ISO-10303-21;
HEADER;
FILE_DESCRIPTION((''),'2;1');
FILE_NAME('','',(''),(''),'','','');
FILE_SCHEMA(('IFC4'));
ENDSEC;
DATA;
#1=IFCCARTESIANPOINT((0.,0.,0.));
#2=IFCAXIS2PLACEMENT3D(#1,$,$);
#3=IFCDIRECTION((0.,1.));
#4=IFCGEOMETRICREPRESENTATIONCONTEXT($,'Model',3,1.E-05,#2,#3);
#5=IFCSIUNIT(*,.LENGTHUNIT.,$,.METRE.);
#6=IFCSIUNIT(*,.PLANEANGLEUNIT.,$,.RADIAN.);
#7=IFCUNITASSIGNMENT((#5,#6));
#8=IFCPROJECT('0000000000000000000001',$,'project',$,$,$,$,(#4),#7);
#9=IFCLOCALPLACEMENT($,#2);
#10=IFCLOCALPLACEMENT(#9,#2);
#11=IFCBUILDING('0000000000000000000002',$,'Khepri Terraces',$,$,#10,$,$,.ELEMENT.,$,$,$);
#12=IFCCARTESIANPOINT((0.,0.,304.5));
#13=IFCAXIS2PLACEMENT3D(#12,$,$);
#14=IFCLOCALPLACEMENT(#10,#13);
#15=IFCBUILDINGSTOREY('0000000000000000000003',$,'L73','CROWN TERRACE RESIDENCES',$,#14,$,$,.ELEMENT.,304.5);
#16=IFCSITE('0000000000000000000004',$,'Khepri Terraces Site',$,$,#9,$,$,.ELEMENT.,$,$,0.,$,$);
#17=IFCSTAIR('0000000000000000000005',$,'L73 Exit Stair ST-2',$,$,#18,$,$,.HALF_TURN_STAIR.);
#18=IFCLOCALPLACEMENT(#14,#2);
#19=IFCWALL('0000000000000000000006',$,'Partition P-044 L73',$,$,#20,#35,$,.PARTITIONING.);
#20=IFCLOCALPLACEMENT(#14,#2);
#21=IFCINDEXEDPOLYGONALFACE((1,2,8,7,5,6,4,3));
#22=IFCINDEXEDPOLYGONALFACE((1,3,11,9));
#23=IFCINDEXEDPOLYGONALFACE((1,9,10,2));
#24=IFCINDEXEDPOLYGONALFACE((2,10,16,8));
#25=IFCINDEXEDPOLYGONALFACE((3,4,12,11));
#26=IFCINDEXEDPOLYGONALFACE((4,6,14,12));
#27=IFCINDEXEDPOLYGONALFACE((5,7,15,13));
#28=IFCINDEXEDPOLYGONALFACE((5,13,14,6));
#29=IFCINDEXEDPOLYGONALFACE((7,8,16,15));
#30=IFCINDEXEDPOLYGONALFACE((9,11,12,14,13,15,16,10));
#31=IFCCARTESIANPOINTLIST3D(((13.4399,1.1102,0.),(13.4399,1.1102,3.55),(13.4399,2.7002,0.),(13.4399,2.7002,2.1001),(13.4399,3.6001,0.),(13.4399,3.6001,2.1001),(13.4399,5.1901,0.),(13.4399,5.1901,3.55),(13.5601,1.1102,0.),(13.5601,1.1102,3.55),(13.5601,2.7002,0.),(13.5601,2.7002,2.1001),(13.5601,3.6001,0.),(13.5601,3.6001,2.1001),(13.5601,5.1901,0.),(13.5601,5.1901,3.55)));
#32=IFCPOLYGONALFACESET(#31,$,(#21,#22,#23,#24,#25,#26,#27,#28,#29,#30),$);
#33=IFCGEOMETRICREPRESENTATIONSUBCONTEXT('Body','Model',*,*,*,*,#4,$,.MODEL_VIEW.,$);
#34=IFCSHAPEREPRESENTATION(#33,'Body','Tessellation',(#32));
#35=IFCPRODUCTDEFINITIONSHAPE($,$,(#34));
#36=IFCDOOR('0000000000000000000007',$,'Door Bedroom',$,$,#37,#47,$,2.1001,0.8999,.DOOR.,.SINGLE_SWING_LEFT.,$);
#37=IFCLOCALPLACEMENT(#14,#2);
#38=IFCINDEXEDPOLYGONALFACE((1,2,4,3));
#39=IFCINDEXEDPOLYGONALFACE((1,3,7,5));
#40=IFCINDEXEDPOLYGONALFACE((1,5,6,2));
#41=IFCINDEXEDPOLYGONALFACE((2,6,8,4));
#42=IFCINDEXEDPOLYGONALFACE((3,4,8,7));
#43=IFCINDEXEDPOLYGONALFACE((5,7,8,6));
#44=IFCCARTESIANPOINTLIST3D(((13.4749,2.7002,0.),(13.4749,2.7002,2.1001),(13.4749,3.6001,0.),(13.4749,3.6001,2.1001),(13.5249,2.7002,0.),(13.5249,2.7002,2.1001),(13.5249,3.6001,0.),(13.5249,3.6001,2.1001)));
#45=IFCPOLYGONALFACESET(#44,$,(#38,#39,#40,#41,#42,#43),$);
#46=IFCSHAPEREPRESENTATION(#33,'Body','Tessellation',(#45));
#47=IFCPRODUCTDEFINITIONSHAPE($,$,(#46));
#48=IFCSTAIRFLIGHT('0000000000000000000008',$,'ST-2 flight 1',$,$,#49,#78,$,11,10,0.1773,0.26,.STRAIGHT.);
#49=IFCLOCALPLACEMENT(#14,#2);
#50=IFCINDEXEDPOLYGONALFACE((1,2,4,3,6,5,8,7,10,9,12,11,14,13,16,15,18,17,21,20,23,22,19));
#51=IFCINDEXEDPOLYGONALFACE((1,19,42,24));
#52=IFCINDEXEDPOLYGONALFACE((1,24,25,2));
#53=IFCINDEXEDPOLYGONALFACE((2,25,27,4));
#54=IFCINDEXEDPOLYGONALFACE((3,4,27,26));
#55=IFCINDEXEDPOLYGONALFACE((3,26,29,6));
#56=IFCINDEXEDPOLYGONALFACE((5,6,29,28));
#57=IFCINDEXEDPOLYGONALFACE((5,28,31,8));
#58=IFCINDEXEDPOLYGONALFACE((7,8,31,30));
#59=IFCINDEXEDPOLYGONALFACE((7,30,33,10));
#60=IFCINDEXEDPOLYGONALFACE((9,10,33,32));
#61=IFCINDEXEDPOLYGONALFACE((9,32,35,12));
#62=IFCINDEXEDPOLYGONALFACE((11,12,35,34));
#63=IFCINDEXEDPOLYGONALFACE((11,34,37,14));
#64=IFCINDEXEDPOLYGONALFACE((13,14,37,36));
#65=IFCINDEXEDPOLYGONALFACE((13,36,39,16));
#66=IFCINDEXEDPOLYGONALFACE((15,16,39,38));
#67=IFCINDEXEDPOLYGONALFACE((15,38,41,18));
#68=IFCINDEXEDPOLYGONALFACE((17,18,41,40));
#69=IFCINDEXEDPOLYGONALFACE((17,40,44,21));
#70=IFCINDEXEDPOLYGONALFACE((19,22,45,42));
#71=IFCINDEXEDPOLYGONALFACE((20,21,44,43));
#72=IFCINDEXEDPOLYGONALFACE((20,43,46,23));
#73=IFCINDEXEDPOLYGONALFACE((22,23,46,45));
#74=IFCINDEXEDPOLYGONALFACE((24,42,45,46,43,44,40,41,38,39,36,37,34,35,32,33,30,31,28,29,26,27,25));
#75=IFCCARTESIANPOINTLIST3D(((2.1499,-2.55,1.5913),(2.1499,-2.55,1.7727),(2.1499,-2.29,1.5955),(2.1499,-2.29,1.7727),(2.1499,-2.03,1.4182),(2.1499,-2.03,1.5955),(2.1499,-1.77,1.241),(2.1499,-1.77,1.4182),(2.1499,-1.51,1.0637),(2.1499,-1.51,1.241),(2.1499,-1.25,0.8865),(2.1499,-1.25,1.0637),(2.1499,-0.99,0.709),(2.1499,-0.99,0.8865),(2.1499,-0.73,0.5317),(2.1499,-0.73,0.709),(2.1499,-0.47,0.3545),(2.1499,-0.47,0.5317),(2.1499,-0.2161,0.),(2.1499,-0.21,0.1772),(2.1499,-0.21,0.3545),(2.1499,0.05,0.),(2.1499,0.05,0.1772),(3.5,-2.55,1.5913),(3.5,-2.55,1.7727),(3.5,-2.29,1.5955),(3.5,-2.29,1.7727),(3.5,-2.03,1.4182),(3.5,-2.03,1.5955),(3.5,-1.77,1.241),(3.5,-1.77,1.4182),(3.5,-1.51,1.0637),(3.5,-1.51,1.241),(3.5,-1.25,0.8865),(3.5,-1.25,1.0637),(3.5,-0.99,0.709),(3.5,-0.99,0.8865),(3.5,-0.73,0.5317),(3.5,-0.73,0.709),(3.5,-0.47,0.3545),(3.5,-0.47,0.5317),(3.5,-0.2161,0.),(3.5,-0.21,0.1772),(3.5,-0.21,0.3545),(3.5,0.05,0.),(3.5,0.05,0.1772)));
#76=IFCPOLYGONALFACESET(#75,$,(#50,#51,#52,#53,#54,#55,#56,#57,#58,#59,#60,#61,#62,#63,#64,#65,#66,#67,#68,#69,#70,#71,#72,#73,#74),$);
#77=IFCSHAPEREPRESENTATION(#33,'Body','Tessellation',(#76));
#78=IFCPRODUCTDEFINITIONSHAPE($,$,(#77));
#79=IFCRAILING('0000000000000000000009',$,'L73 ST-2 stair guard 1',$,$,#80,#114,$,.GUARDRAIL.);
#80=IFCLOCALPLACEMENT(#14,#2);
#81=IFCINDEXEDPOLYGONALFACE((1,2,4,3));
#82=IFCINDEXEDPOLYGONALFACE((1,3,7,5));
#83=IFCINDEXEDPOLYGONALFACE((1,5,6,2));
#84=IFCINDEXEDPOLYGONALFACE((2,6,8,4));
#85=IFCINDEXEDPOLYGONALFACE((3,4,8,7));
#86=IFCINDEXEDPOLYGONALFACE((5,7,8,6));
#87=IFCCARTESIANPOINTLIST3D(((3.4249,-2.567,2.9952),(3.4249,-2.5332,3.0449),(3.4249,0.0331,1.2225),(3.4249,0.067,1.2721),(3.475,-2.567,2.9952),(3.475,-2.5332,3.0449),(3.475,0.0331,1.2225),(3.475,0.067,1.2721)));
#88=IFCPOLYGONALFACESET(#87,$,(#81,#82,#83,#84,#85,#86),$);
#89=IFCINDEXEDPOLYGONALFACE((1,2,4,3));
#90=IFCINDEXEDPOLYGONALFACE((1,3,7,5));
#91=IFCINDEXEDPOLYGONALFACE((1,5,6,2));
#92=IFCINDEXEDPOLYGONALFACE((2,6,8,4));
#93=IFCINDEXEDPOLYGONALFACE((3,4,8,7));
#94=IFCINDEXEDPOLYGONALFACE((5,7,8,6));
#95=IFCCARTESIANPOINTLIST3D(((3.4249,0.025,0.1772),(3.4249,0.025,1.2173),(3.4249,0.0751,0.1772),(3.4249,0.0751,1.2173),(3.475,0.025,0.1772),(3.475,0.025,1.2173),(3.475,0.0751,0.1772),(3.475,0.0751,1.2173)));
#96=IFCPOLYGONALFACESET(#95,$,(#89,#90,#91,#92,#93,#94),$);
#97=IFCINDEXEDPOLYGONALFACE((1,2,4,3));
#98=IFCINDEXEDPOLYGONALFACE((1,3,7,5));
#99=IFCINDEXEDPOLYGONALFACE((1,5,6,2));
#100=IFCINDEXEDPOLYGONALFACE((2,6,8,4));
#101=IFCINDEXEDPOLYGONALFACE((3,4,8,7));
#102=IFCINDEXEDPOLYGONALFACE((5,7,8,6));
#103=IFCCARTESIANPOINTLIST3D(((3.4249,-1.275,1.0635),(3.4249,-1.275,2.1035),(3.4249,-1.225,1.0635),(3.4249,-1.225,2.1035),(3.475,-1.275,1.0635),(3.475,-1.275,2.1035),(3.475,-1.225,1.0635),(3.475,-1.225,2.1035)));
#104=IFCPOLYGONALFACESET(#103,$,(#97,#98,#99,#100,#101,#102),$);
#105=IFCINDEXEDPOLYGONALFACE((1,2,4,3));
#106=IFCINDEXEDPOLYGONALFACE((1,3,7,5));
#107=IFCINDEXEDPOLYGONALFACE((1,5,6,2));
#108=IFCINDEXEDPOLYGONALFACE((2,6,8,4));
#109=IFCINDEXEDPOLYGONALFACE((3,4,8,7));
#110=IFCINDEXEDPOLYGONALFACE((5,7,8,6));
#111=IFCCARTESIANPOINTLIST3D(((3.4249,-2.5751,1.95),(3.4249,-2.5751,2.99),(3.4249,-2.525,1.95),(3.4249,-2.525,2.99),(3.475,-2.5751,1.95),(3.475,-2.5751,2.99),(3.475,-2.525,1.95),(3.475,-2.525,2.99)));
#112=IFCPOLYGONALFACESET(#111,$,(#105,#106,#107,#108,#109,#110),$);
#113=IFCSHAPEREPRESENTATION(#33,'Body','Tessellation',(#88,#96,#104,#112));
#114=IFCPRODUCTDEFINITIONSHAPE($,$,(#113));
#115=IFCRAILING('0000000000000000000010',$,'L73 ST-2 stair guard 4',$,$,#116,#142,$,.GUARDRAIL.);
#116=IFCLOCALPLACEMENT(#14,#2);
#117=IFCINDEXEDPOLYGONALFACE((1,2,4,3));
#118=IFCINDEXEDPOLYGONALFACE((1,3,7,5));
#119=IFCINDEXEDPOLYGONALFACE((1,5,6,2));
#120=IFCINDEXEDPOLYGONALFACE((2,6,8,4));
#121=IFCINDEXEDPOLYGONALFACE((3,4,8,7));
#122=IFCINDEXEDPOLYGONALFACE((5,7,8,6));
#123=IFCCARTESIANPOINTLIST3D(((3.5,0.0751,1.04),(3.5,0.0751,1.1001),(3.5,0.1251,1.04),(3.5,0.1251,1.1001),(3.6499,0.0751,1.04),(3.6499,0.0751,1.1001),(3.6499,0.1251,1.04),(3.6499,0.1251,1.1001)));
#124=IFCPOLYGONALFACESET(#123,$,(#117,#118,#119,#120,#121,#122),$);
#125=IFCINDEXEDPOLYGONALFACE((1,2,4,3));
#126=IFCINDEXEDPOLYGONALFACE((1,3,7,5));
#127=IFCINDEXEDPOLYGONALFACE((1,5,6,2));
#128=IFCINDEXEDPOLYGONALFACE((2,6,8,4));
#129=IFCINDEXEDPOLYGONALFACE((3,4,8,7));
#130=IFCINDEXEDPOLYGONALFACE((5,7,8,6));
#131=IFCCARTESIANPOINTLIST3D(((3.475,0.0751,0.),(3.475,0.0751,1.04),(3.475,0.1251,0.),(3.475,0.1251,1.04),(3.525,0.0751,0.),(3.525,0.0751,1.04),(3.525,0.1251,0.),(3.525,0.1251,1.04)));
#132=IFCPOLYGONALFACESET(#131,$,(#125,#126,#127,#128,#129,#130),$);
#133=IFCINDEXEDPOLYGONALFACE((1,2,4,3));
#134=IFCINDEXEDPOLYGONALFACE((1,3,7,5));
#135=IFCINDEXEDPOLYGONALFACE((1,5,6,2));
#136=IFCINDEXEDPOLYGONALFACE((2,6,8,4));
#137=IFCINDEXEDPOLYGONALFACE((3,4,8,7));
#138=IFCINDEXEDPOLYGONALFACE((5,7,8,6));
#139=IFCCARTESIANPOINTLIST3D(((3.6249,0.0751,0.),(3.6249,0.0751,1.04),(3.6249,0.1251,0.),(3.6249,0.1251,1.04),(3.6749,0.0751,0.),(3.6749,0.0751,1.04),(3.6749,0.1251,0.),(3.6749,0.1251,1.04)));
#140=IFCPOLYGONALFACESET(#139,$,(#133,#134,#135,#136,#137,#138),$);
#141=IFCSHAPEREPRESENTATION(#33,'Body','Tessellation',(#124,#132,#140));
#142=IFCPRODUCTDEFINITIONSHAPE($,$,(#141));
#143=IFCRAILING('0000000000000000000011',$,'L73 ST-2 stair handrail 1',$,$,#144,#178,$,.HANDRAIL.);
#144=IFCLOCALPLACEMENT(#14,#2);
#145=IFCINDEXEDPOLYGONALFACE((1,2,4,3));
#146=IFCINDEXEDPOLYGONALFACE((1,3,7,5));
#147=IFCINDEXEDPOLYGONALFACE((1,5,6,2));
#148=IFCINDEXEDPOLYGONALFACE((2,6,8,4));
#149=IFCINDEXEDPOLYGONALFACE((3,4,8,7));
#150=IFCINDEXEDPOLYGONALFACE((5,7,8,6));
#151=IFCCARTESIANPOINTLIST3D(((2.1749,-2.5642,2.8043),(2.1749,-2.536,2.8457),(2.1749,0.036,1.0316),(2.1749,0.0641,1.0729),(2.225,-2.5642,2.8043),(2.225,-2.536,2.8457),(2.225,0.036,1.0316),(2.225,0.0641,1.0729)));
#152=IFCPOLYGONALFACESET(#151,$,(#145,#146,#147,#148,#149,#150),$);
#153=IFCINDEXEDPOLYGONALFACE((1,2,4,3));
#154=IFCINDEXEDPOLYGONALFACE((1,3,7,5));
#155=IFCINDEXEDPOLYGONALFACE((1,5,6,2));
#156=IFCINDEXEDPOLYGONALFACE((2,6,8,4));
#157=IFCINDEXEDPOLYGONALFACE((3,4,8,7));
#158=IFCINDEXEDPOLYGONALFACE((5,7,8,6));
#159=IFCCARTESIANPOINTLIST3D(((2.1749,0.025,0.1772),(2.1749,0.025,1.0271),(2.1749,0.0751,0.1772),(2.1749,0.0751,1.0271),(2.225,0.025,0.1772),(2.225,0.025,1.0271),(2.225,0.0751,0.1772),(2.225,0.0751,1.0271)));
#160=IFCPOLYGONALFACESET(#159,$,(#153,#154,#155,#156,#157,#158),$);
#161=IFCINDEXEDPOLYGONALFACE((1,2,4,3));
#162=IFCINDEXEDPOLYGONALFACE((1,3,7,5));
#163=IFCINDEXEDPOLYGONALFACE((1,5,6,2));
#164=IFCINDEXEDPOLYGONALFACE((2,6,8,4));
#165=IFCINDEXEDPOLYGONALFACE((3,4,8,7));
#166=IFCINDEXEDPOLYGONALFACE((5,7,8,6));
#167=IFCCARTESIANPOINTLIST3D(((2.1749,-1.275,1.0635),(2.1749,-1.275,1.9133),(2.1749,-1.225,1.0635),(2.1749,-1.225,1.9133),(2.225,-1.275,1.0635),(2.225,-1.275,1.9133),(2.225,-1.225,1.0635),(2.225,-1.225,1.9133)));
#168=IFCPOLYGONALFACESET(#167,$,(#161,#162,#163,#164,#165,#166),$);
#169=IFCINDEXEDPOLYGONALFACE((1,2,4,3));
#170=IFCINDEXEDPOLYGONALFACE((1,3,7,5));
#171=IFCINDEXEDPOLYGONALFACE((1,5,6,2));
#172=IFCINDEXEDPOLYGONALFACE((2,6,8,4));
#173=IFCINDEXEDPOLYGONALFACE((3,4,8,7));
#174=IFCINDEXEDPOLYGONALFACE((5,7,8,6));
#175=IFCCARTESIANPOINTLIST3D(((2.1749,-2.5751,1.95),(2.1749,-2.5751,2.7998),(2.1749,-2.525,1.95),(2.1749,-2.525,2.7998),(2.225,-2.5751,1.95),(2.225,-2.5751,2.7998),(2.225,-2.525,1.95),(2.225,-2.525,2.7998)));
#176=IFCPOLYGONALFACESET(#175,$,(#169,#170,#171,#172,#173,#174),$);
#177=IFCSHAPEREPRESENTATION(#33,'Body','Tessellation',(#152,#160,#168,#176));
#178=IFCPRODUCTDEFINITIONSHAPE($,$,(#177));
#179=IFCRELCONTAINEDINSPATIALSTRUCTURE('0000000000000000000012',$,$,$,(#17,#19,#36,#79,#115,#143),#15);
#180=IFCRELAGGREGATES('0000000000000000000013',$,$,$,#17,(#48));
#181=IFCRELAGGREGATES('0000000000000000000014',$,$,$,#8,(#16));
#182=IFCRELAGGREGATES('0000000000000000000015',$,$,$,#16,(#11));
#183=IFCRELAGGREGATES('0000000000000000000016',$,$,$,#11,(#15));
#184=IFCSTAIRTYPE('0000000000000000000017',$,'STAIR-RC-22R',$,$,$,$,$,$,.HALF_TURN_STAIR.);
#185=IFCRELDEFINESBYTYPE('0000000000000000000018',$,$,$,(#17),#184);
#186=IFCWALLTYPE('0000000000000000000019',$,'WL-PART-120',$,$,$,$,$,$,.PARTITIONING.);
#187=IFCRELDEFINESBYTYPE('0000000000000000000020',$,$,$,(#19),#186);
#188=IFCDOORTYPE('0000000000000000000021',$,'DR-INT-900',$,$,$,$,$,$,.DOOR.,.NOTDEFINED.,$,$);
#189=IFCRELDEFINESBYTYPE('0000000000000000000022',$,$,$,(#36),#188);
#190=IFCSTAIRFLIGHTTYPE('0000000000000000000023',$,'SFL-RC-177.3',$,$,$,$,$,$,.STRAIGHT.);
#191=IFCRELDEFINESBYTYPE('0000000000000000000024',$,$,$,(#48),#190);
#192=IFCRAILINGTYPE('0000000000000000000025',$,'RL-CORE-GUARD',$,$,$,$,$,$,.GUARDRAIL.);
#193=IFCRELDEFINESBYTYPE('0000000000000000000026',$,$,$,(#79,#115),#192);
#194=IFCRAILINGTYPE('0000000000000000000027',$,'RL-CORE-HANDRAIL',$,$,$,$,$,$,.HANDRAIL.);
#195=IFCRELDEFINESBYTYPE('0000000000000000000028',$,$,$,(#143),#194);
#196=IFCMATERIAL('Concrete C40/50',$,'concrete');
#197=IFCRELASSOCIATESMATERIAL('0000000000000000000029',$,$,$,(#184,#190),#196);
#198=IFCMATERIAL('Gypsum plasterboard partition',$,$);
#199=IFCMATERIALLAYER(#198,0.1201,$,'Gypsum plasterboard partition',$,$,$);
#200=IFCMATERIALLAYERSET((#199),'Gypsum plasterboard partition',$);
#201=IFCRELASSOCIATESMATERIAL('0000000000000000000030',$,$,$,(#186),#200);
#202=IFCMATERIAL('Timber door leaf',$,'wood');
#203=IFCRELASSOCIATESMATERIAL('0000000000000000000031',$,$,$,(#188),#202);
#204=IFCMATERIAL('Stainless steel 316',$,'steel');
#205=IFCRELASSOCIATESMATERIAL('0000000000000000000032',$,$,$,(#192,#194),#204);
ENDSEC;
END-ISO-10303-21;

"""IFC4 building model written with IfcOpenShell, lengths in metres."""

from ifc_helpers import new_model, si_unit, direction, frame, frame_2d, origin, origin_2d, place, context, subcontext, project, spatial, polyline, rectangle, outline, extrude, material, layer, layer_set, type_object, element, fill, aggregate, save


model = new_model("IFC4")

# Units and contexts
model_context = context("Model", 3, precision=1e-05, world=origin(), true_north=direction((0.0, 1.0)))
body_context = subcontext(model_context, "Body", "Model", "MODEL_VIEW")
ifc_project = project(units=[si_unit("LENGTHUNIT", "METRE"), si_unit("PLANEANGLEUNIT", "RADIAN")], contexts=[model_context])

# Site, building, storey
site_placement = place(None, origin())
site = spatial("IfcSite", under=ifc_project, at=site_placement, Name="Khepri Terraces Site", CompositionType="ELEMENT", RefElevation=0.0)
building_placement = place(site_placement, origin())
building = spatial("IfcBuilding", under=site, at=building_placement, Name="Khepri Terraces", CompositionType="ELEMENT")
storey_placement = place(building_placement, frame((0.0, 0.0, 304.5)))
storey = spatial("IfcBuildingStorey", under=building, at=storey_placement, Name="L73", Description="CROWN TERRACE RESIDENCES", CompositionType="ELEMENT", Elevation=304.5)

# Shared definitions
ifc_material_1 = material(Name="Concrete C40/50", Category="concrete")

# Stair
stair_type = type_object("IfcStairType", Name="STAIR-RC-22R", PredefinedType="HALF_TURN_STAIR", material=ifc_material_1)
stair_1_placement = place(storey_placement, origin())
stair_1 = element("IfcStair", 1, at=stair_1_placement, inside=storey, type_object=stair_type, Name="L73 Exit Stair ST-2", PredefinedType="HALF_TURN_STAIR")

# Shared definitions
ifc_material_2 = material(Name="Gypsum plasterboard partition")
ifc_layer_1 = layer(ifc_material_2, 0.1201, Name="Gypsum plasterboard partition")
ifc_layer_set_1 = layer_set([ifc_layer_1], Name="Gypsum plasterboard partition")
wall_type_1 = type_object("IfcWallType", Name="WL-PART-120", PredefinedType="PARTITIONING", material=ifc_layer_set_1)

# Wall, opening, door
wall_1_placement = place(storey_placement, frame((13.5, 1.1101, 0.0), z_axis=(0.0, 0.0, 1.0), x_axis=(0.0, 1.0, 0.0)))
wall_1 = element("IfcWall", 2, at=wall_1_placement, inside=storey, type_object=wall_type_1, Name="Partition P-044 L73", PredefinedType="PARTITIONING", context=body_context, shape_type="SweptSolid", body=[
    extrude(rectangle(XDim=4.0798, YDim=0.1201, at=frame_2d((2.04, 0.0))), origin(), (0.0, 0.0, 1.0), 3.55),
])
opening_1_placement = place(wall_1_placement, frame((1.5901, 0.0, 0.0)))
opening_1 = element("IfcOpeningElement", 3, at=opening_1_placement, cuts=wall_1, PredefinedType="OPENING", context=body_context, shape_type="SweptSolid", body=[
    extrude(rectangle(XDim=0.8999, YDim=2.1001, at=frame_2d((0.45, 1.05))), frame((0.0, 0.0701, 0.0), z_axis=(0.0, -1.0, 0.0), x_axis=(1.0, 0.0, 0.0)), (0.0, 0.0, 1.0), 0.1401),
])
ifc_material_3 = material(Name="Timber door leaf", Category="wood")
door_type_1 = type_object("IfcDoorType", Name="DR-INT-900", OperationType="NOTDEFINED", PredefinedType="DOOR", material=ifc_material_3)
door_1_placement = place(opening_1_placement, frame((0.8999, 0.0, 0.0), z_axis=(0.0, 0.0, 1.0), x_axis=(-1.0, 0.0, 0.0)))
door_1 = element("IfcDoor", 4, at=door_1_placement, inside=storey, type_object=door_type_1, Name="Door Bedroom", OperationType="SINGLE_SWING_LEFT", OverallHeight=2.1001, OverallWidth=0.8999, PredefinedType="DOOR", context=body_context, shape_type="SweptSolid", body=[
    extrude(rectangle(XDim=0.8999, YDim=2.1001, at=frame_2d((0.45, 1.05))), frame((0.0, 0.0249, 0.0), z_axis=(0.0, -1.0, 0.0), x_axis=(1.0, 0.0, 0.0)), (0.0, 0.0, 1.0), 0.05),
])
fill(opening_1, door_1)

# Stair flight
stair_flight_type = type_object("IfcStairFlightType", Name="SFL-RC-177.3", PredefinedType="STRAIGHT", material=ifc_material_1)
stair_flight_placement = place(storey_placement, frame((2.825, 0.05, 0.0), z_axis=(0.0, 0.0, 1.0), x_axis=(0.0, -1.0, 0.0)))
stair_flight = element("IfcStairFlight", 5, at=stair_flight_placement, type_object=stair_flight_type, Name="ST-2 flight 1", NumberOfRisers=11, NumberOfTreads=10, PredefinedType="STRAIGHT", RiserHeight=0.1773, TreadLength=0.26, context=body_context, shape_type="SweptSolid", body=[
    extrude(outline(polyline([(0.0, 0.0), (0.0, 0.1772), (0.26, 0.1772), (0.26, 0.3545), (0.52, 0.3545), (0.52, 0.5317), (0.78, 0.5317), (0.78, 0.709), (1.04, 0.709), (1.04, 0.8865), (1.3, 0.8865), (1.3, 1.0637), (1.5601, 1.0637), (1.5601, 1.241), (1.8201, 1.241), (1.8201, 1.4182), (2.0801, 1.4182), (2.0801, 1.5955), (2.3401, 1.5955), (2.3401, 1.7727), (2.6001, 1.7727), (2.6001, 1.95), (2.6001, 1.5913), (0.2661, 0.0), (0.0, 0.0)])), frame((0.0, 0.675, 0.0), z_axis=(0.0, -1.0, 0.0), x_axis=(1.0, 0.0, 0.0)), (0.0, 0.0, 1.0), 1.3501),
])
aggregate(stair_1, [stair_flight])

# Railings
ifc_material_4 = material(Name="Stainless steel 316", Category="steel")
railing_type_1 = type_object("IfcRailingType", Name="RL-CORE-GUARD", PredefinedType="GUARDRAIL", material=ifc_material_4)
railing_1_placement = place(storey_placement, frame((3.45, 0.05, 0.1772)))
element("IfcRailing", 6, at=railing_1_placement, inside=storey, type_object=railing_type_1, Name="L73 ST-2 stair guard 1", PredefinedType="GUARDRAIL", context=body_context, shape_type="SweptSolid", body=[
    extrude(rectangle(XDim=0.05, YDim=0.0601, at=origin_2d()), frame((0.0, 0.0, 1.0701), z_axis=(0.0, -0.82624, 0.563318), x_axis=(1.0, 0.0, 0.0)), (0.0, 0.0, 1.0), 3.147),
    extrude(rectangle(XDim=0.05, YDim=0.05, at=origin_2d()), origin(), (0.0, 0.0, 1.0), 1.04),
    extrude(rectangle(XDim=0.05, YDim=0.05, at=origin_2d()), frame((0.0, -1.3, 0.8862)), (0.0, 0.0, 1.0), 1.04),
    extrude(rectangle(XDim=0.05, YDim=0.05, at=origin_2d()), frame((0.0, -2.6001, 1.7727)), (0.0, 0.0, 1.0), 1.04),
])
railing_2_placement = place(storey_placement, frame((3.5, 0.1001, 0.0)))
element("IfcRailing", 7, at=railing_2_placement, inside=storey, type_object=railing_type_1, Name="L73 ST-2 stair guard 4", PredefinedType="GUARDRAIL", context=body_context, shape_type="SweptSolid", body=[
    extrude(rectangle(XDim=0.05, YDim=0.0601, at=origin_2d()), frame((0.0, 0.0, 1.0701), z_axis=(1.0, 0.0, 0.0), x_axis=(0.0, 1.0, 0.0)), (0.0, 0.0, 1.0), 0.1499),
    extrude(rectangle(XDim=0.05, YDim=0.05, at=origin_2d()), origin(), (0.0, 0.0, 1.0), 1.04),
    extrude(rectangle(XDim=0.05, YDim=0.05, at=origin_2d()), frame((0.1499, 0.0, 0.0)), (0.0, 0.0, 1.0), 1.04),
])
railing_type_2 = type_object("IfcRailingType", Name="RL-CORE-HANDRAIL", PredefinedType="HANDRAIL", material=ifc_material_4)
railing_3_placement = place(storey_placement, frame((2.2, 0.05, 0.1772)))
element("IfcRailing", 8, at=railing_3_placement, inside=storey, type_object=railing_type_2, Name="L73 ST-2 stair handrail 1", PredefinedType="HANDRAIL", context=body_context, shape_type="SweptSolid", body=[
    extrude(rectangle(XDim=0.05, YDim=0.05, at=origin_2d()), frame((0.0, 0.0, 0.875), z_axis=(0.0, -0.82624, 0.563318), x_axis=(1.0, 0.0, 0.0)), (0.0, 0.0, 1.0), 3.147),
    extrude(rectangle(XDim=0.05, YDim=0.05, at=origin_2d()), origin(), (0.0, 0.0, 1.0), 0.8499),
    extrude(rectangle(XDim=0.05, YDim=0.05, at=origin_2d()), frame((0.0, -1.3, 0.8862)), (0.0, 0.0, 1.0), 0.8499),
    extrude(rectangle(XDim=0.05, YDim=0.05, at=origin_2d()), frame((0.0, -2.6001, 1.7727)), (0.0, 0.0, 1.0), 0.8499),
])

save(model, "model.ifc")
